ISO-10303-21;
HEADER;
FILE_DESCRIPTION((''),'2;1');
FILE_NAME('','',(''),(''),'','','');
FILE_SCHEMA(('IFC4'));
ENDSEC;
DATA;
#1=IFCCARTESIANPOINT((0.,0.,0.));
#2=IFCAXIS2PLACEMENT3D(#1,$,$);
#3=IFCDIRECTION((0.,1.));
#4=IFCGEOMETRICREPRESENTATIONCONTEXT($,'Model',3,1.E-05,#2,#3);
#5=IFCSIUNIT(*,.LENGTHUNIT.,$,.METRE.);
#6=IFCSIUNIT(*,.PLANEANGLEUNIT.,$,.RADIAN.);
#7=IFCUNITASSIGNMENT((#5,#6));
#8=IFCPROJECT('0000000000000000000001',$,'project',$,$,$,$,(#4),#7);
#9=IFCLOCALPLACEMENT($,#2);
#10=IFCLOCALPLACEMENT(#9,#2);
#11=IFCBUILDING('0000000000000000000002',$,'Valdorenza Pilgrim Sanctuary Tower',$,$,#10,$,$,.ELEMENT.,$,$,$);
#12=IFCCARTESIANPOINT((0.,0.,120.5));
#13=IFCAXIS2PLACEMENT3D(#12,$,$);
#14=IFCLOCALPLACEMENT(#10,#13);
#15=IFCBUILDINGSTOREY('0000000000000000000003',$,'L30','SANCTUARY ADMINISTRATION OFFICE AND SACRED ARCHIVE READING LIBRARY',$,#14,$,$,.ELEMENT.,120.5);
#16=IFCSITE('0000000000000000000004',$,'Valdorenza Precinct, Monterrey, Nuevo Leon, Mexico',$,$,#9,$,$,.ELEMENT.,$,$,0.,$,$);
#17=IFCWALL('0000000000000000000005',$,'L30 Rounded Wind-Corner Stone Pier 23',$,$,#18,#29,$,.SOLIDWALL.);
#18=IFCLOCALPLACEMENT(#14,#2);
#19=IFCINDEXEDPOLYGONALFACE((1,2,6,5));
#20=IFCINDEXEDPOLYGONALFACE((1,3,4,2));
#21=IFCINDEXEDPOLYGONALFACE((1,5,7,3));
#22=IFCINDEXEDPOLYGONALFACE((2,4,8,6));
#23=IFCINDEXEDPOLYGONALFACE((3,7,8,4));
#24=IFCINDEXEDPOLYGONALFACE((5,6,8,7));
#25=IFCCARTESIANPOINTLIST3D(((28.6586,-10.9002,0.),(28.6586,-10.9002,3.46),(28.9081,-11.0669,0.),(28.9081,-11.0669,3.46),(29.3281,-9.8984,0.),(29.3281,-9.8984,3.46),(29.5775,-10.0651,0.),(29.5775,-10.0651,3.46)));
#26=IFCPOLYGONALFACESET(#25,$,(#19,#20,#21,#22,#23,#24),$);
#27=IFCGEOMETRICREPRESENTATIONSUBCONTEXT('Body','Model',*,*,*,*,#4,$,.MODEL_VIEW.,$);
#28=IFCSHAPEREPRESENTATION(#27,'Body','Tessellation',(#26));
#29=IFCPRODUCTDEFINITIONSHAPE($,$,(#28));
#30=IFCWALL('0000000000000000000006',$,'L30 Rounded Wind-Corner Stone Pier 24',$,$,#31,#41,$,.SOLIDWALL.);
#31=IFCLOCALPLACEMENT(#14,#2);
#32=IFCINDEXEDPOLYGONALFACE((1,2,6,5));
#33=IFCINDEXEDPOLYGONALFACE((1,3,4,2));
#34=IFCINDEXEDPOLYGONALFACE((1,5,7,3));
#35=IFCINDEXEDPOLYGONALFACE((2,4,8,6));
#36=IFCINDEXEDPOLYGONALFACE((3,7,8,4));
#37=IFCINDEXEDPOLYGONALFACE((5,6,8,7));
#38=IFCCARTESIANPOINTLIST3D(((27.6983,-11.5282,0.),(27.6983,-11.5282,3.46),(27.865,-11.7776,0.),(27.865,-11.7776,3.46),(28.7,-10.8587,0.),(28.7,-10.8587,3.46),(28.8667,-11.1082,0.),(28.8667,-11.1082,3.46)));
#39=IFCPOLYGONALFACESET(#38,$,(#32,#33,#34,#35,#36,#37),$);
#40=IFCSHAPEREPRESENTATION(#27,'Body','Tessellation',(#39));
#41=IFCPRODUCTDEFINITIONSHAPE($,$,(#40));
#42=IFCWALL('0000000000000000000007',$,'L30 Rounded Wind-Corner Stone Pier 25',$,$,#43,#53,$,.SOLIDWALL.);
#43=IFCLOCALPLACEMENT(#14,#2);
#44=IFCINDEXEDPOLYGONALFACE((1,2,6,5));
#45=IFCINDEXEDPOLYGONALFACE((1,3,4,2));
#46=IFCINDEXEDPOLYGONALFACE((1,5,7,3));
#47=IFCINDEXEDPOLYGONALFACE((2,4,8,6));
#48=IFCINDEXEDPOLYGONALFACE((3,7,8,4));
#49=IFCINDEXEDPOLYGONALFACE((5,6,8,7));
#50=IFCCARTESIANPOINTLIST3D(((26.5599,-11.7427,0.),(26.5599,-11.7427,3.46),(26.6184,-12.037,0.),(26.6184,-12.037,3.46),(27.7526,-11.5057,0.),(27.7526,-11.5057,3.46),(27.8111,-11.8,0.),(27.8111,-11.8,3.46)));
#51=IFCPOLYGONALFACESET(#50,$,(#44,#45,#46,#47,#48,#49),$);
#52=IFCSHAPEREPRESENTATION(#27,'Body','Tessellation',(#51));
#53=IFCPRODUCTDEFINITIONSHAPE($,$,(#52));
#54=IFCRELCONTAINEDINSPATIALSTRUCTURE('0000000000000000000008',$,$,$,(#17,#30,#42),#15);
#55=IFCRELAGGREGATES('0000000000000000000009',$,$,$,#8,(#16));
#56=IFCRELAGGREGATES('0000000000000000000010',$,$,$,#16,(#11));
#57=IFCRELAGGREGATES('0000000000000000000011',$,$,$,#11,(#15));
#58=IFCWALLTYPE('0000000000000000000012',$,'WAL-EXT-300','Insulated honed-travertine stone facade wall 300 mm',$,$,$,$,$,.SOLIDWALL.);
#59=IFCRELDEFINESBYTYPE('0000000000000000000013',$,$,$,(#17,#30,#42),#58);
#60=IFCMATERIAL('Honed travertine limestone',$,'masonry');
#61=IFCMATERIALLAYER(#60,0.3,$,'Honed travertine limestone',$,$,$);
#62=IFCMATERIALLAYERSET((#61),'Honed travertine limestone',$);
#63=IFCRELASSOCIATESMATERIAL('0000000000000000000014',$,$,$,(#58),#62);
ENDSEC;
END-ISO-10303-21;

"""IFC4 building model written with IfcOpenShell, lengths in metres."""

from ifc_helpers import new_model, si_unit, direction, frame, frame_2d, origin, place, context, subcontext, project, spatial, rectangle, extrude, material, layer, layer_set, type_object, element, save


model = new_model("IFC4")

# Units and contexts
model_context = context("Model", 3, precision=1e-05, world=origin(), true_north=direction((0.0, 1.0)))
body_context = subcontext(model_context, "Body", "Model", "MODEL_VIEW")
ifc_project = project(units=[si_unit("LENGTHUNIT", "METRE"), si_unit("PLANEANGLEUNIT", "RADIAN")], contexts=[model_context])

# Site, building, storey
site_placement = place(None, origin())
site = spatial("IfcSite", under=ifc_project, at=site_placement, Name="Valdorenza Precinct, Monterrey, Nuevo Leon, Mexico", CompositionType="ELEMENT", RefElevation=0.0)
building_placement = place(site_placement, origin())
building = spatial("IfcBuilding", under=site, at=building_placement, Name="Valdorenza Pilgrim Sanctuary Tower", CompositionType="ELEMENT")
storey_placement = place(building_placement, frame((0.0, 0.0, 120.5)))
storey = spatial("IfcBuildingStorey", under=building, at=storey_placement, Name="L30", Description="SANCTUARY ADMINISTRATION OFFICE AND SACRED ARCHIVE READING LIBRARY", CompositionType="ELEMENT", Elevation=120.5)

# Shared definitions
ifc_material_1 = material(Name="Honed travertine limestone", Category="masonry")

# Walls
ifc_layer_1 = layer(ifc_material_1, 0.3, Name="Honed travertine limestone")
ifc_layer_set_1 = layer_set([ifc_layer_1], Name="Honed travertine limestone")
wall_type_1 = type_object("IfcWallType", Name="WAL-EXT-300", Description="Insulated honed-travertine stone facade wall 300 mm", PredefinedType="SOLIDWALL", material=ifc_layer_set_1)
for number, where, z_axis, x_axis, name in (
    (1, (29.4529, -9.9817, 0.0), (0.0, 0.0, 1.0), (-0.555635, -0.831426, 0.0), "L30 Rounded Wind-Corner Stone Pier 23"),
    (2, (28.7834, -10.9834, 0.0), (0.0, 0.0, 1.0), (-0.831426, -0.555635, 0.0), "L30 Rounded Wind-Corner Stone Pier 24"),
):
    element("IfcWall", number, at=place(storey_placement, frame(where, z_axis=z_axis, x_axis=x_axis)), inside=storey, type_object=wall_type_1, Name=name, PredefinedType="SOLIDWALL", context=body_context, shape_type="SweptSolid", body=[
        extrude(rectangle(XDim=1.2048, YDim=0.3, at=frame_2d((0.6025, 0.0))), origin(), (0.0, 0.0, 1.0), 3.46),
    ])
wall_1_placement = place(storey_placement, frame((27.7817, -11.6528, 0.0), z_axis=(0.0, 0.0, 1.0), x_axis=(-0.980812, -0.194958, 0.0)))
element("IfcWall", 3, at=wall_1_placement, inside=storey, type_object=wall_type_1, Name="L30 Rounded Wind-Corner Stone Pier 25", PredefinedType="SOLIDWALL", context=body_context, shape_type="SweptSolid", body=[
    extrude(rectangle(XDim=1.2161, YDim=0.3, at=frame_2d((0.6079, 0.0))), origin(), (0.0, 0.0, 1.0), 3.46),
])

save(model, "model.ifc")
